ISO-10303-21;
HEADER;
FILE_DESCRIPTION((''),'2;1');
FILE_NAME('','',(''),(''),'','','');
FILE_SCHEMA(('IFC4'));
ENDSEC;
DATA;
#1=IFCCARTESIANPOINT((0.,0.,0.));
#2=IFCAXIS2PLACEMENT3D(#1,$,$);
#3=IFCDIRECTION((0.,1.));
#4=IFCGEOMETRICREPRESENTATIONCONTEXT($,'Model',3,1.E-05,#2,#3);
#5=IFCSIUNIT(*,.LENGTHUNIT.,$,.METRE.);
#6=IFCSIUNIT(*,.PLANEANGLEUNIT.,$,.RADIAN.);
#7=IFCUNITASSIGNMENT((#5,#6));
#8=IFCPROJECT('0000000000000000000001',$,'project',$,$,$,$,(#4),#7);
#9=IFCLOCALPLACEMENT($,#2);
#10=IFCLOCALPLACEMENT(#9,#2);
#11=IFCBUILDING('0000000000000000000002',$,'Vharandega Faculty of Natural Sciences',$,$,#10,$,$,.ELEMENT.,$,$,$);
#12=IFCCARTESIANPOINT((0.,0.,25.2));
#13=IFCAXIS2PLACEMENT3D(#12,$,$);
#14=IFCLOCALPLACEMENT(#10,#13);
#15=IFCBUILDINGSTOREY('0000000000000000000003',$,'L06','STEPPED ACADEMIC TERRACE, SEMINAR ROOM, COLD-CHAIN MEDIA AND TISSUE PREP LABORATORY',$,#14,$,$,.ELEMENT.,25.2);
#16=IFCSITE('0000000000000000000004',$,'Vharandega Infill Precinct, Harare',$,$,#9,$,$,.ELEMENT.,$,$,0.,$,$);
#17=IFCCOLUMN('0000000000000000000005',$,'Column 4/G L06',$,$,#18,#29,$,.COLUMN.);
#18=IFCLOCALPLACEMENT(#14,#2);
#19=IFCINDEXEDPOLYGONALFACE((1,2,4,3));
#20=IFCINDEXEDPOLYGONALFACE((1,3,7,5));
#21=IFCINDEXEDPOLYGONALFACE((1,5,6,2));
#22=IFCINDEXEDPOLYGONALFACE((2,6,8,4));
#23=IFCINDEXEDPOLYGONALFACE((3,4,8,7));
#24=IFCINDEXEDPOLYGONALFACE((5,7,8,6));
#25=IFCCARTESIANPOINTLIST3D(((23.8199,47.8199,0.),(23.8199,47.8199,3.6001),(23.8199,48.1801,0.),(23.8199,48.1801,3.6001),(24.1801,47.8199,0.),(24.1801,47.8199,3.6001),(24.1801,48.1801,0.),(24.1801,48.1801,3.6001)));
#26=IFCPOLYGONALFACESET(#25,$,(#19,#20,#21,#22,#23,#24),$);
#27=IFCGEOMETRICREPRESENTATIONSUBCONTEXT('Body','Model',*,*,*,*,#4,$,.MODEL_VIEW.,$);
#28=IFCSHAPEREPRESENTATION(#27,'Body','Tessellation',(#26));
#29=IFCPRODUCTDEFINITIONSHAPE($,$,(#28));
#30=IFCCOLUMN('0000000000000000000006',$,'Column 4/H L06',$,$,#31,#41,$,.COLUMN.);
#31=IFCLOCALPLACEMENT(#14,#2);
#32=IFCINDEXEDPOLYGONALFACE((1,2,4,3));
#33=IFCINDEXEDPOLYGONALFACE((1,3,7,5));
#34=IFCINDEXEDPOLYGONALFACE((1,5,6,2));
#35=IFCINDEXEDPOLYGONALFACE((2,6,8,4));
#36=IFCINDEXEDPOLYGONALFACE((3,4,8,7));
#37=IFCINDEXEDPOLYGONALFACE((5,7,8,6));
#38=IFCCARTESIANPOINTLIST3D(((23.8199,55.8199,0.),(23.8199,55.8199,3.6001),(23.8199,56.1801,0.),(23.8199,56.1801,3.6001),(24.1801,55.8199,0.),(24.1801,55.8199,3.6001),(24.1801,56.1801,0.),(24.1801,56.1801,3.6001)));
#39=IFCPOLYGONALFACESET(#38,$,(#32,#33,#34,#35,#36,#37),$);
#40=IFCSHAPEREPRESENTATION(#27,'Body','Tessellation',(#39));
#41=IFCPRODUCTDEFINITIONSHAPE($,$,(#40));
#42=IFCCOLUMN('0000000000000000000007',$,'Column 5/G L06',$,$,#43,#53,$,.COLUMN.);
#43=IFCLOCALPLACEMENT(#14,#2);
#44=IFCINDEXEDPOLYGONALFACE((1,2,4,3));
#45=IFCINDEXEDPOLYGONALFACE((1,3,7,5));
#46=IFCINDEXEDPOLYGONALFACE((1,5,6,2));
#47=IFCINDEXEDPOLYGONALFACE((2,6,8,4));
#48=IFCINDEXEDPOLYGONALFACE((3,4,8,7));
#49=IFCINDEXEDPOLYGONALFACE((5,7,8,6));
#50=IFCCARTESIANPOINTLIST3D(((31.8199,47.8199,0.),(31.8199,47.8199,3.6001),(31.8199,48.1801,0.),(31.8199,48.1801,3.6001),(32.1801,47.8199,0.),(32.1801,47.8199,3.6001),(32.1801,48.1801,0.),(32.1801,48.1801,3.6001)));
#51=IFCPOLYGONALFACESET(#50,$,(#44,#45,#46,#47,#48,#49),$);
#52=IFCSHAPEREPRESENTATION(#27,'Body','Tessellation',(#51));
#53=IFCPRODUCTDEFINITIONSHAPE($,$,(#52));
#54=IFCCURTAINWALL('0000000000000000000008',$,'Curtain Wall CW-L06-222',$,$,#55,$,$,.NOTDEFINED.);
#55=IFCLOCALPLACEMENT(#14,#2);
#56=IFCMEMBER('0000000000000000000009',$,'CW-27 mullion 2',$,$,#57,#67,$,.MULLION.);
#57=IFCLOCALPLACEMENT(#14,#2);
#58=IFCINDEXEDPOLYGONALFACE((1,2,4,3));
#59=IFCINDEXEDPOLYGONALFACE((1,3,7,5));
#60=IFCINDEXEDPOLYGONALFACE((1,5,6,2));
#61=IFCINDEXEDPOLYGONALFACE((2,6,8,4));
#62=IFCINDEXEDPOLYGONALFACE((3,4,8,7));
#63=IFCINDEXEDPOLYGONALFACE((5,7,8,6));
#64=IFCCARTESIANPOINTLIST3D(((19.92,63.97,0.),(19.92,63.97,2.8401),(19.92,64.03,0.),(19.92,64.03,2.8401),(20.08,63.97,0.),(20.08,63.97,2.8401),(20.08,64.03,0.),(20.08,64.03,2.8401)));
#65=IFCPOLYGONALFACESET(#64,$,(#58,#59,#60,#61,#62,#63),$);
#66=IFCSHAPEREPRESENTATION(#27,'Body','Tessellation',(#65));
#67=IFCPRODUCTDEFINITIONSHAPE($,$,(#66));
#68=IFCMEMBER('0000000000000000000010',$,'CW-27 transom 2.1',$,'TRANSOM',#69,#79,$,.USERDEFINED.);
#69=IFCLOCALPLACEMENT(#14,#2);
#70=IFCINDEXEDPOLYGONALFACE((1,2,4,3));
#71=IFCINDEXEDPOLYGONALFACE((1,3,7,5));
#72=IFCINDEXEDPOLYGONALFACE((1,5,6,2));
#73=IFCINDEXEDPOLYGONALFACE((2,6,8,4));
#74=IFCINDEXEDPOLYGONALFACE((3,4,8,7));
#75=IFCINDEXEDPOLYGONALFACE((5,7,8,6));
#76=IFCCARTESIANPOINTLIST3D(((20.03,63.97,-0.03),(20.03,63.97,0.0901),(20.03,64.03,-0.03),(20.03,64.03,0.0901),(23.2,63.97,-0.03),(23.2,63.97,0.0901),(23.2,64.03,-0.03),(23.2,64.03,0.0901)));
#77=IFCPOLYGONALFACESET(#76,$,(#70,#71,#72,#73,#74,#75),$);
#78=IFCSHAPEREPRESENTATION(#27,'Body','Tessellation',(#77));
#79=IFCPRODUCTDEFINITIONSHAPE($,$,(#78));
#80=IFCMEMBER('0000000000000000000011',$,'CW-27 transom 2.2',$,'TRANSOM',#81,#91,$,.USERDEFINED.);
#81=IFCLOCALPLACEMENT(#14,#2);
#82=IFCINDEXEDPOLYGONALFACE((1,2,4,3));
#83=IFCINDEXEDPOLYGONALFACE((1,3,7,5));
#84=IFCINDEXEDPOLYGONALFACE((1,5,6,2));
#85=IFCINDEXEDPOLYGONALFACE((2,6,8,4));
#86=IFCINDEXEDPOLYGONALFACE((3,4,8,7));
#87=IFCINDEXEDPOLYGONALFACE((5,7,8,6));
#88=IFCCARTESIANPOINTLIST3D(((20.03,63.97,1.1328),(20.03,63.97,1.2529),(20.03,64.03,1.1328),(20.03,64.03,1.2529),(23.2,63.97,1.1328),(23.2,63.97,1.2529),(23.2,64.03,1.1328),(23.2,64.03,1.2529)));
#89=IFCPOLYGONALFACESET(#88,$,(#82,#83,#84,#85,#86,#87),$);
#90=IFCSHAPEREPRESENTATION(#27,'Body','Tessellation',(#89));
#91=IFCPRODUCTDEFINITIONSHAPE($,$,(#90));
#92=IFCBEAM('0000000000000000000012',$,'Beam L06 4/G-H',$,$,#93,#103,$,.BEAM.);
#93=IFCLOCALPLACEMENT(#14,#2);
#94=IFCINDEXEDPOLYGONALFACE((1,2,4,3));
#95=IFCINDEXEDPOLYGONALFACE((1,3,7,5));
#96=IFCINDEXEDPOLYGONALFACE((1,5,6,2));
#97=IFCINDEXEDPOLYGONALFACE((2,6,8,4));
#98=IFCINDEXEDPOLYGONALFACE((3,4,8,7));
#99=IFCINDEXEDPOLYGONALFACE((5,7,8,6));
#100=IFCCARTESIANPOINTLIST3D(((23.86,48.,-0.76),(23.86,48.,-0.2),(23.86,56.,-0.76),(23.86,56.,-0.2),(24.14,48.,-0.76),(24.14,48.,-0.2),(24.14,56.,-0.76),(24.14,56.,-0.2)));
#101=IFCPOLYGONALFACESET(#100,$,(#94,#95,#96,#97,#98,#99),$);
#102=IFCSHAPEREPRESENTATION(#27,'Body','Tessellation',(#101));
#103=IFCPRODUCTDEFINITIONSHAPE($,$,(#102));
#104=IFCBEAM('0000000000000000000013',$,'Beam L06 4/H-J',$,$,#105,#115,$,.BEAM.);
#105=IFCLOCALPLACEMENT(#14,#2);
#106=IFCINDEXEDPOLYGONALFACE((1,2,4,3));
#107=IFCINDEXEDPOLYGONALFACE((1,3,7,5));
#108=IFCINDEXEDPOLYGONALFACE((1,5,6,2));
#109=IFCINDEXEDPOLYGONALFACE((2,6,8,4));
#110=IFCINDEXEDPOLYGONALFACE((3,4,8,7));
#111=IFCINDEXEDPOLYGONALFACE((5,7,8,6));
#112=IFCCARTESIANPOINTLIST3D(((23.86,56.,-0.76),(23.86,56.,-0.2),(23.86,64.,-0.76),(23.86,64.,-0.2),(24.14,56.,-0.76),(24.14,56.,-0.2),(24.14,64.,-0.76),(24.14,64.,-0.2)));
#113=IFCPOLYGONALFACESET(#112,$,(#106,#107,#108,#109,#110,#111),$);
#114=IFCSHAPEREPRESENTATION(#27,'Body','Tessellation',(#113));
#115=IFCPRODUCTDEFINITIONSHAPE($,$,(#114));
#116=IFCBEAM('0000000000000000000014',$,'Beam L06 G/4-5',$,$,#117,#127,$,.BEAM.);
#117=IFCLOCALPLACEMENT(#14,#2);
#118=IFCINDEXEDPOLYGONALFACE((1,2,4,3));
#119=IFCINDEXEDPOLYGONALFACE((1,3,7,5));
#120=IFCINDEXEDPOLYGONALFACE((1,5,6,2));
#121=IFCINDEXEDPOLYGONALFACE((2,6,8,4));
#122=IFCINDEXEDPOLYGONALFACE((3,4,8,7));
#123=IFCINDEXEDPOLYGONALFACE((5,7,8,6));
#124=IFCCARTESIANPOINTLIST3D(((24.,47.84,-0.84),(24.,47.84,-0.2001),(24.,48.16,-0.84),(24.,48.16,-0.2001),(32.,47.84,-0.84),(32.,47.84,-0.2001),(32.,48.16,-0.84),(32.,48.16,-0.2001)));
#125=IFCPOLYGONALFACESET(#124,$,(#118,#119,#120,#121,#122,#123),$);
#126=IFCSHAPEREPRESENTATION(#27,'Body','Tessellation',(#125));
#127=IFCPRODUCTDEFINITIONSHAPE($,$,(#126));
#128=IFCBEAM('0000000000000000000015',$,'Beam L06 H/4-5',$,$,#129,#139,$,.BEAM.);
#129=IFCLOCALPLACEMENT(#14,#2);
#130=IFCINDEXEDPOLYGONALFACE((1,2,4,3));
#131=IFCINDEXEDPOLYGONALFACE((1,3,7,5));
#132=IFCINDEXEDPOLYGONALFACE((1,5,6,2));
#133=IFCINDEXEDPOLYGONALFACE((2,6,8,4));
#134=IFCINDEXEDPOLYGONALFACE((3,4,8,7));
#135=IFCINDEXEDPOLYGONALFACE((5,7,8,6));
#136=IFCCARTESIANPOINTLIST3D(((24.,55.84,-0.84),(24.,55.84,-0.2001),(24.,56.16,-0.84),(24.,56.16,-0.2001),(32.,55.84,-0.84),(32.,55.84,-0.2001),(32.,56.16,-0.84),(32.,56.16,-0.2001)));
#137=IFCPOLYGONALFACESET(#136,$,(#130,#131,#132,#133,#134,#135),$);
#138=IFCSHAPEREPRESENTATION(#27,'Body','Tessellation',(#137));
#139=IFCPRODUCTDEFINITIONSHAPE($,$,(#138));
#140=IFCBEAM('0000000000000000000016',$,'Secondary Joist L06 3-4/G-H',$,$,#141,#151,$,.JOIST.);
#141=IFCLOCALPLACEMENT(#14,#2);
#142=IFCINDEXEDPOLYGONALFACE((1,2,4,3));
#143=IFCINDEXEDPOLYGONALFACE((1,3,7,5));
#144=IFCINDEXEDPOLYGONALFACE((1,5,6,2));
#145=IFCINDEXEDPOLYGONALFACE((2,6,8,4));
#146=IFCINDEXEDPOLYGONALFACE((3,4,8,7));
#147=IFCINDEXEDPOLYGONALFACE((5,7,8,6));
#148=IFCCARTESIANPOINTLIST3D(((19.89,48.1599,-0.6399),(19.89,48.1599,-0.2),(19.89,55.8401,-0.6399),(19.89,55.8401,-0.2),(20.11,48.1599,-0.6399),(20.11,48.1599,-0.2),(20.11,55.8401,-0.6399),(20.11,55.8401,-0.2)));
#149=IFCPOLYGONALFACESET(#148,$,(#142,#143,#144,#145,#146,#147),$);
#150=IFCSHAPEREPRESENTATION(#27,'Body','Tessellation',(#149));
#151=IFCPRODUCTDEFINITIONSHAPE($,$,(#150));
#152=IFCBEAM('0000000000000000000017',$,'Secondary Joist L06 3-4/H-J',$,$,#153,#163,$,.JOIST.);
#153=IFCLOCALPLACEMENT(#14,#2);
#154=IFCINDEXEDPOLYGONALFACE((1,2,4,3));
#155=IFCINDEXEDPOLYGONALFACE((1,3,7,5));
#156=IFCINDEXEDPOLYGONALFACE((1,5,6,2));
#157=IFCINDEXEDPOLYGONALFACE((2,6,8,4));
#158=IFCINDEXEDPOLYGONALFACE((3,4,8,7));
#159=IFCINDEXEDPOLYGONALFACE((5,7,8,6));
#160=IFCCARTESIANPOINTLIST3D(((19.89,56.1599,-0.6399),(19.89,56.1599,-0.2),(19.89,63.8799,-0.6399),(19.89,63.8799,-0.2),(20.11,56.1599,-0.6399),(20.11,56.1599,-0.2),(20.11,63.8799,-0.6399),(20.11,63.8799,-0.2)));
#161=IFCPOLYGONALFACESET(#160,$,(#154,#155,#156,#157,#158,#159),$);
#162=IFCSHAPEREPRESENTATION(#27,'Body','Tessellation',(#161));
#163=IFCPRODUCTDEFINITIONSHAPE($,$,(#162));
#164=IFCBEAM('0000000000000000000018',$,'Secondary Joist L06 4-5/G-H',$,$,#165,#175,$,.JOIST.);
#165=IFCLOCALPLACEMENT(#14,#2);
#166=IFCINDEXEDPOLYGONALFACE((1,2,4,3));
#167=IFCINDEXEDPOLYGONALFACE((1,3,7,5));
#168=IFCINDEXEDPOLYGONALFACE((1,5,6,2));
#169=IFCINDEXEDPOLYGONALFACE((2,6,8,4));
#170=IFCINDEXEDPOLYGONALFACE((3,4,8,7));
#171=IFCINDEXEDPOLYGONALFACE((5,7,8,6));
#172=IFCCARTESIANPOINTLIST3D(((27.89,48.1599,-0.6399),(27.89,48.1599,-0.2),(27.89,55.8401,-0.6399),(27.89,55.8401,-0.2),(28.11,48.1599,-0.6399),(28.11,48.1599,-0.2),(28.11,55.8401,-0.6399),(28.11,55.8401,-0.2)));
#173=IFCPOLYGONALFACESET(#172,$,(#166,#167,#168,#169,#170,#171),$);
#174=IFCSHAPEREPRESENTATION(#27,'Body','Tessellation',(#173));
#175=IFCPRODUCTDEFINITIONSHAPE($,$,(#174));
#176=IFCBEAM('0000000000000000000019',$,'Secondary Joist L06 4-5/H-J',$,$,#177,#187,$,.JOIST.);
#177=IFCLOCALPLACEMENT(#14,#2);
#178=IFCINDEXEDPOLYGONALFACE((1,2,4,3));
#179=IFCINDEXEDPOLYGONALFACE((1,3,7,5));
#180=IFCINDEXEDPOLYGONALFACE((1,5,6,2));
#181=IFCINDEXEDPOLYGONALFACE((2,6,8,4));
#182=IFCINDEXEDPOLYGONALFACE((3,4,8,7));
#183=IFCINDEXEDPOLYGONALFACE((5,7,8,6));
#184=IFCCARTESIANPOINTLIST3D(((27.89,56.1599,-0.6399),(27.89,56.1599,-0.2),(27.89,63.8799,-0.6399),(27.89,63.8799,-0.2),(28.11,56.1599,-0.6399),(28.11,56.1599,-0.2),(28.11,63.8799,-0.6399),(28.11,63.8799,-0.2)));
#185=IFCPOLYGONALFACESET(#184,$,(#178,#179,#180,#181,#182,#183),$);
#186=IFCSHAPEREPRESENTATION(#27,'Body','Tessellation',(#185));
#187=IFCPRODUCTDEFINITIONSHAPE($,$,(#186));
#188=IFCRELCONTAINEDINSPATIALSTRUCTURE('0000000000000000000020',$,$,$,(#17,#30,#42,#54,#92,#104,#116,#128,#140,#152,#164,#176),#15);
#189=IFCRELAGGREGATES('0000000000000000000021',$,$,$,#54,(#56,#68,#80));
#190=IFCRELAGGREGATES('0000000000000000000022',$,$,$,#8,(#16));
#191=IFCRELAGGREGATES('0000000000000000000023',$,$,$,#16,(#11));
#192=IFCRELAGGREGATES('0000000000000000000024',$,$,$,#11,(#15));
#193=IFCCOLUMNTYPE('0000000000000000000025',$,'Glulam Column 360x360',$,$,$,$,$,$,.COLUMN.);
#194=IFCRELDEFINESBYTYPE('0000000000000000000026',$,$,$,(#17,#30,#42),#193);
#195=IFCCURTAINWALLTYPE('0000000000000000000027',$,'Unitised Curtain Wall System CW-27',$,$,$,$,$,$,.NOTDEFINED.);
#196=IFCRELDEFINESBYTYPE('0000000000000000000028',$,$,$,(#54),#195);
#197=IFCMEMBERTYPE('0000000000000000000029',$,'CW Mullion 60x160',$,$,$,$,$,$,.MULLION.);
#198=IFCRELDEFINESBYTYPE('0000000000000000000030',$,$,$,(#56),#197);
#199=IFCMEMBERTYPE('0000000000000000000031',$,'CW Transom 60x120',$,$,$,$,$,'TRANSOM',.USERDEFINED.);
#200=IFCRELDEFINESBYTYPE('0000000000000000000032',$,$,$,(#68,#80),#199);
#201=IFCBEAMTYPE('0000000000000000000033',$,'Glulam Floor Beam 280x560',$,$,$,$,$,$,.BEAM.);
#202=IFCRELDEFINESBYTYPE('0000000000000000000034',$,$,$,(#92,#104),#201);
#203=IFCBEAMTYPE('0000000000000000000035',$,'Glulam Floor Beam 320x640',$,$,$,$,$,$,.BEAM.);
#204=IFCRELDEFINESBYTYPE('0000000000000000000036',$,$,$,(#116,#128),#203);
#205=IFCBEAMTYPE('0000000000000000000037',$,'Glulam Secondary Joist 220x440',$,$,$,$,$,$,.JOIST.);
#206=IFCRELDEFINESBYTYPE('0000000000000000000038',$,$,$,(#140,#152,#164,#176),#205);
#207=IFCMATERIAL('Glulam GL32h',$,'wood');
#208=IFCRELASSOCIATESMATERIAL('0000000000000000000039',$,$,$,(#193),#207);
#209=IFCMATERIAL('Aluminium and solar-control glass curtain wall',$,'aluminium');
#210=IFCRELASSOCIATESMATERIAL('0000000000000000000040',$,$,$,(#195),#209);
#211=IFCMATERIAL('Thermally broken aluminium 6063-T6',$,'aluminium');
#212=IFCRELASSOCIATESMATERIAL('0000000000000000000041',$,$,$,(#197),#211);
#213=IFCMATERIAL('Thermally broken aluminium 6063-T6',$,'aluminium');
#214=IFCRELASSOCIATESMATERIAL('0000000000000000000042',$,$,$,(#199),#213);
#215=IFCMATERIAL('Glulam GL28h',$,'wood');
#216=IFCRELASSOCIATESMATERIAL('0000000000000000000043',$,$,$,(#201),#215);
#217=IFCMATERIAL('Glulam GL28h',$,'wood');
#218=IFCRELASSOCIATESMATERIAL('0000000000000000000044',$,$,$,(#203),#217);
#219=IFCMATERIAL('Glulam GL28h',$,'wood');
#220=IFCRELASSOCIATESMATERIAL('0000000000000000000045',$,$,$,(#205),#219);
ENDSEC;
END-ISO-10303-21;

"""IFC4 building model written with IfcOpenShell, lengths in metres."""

from ifc_helpers import new_model, si_unit, direction, frame, origin, origin_2d, place, context, subcontext, project, spatial, rectangle, extrude, material, material_profile, profile_set, type_object, element, aggregate, save


model = new_model("IFC4")

# Units and contexts
model_context = context("Model", 3, precision=1e-05, world=origin(), true_north=direction((0.0, 1.0)))
body_context = subcontext(model_context, "Body", "Model", "MODEL_VIEW")
ifc_project = project(units=[si_unit("LENGTHUNIT", "METRE"), si_unit("PLANEANGLEUNIT", "RADIAN")], contexts=[model_context])

# Site, building, storey
site_placement = place(None, origin())
site = spatial("IfcSite", under=ifc_project, at=site_placement, Name="Vharandega Infill Precinct, Harare", CompositionType="ELEMENT", RefElevation=0.0)
building_placement = place(site_placement, origin())
building = spatial("IfcBuilding", under=site, at=building_placement, Name="Vharandega Faculty of Natural Sciences", CompositionType="ELEMENT")
storey_placement = place(building_placement, frame((0.0, 0.0, 25.2)))
storey = spatial("IfcBuildingStorey", under=building, at=storey_placement, Name="L06", Description="STEPPED ACADEMIC TERRACE, SEMINAR ROOM, COLD-CHAIN MEDIA AND TISSUE PREP LABORATORY", CompositionType="ELEMENT", Elevation=25.2)

# Columns
ifc_material_1 = material(Name="Glulam GL32h", Category="wood")
ifc_material_profile_1 = material_profile(ifc_material_1, rectangle(XDim=0.3601, YDim=0.3601, at=origin_2d()), Name="GL32h 360x360")
ifc_profile_set_1 = profile_set([ifc_material_profile_1], Name="Glulam GL32h")
column_type = type_object("IfcColumnType", Name="Glulam Column 360x360", PredefinedType="COLUMN", material=ifc_profile_set_1)
for number, where, z_axis, x_axis, name in (
    (1, (24.0, 48.0, 0.0), (0.0, 0.0, 1.0), (1.0, 0.0, 0.0), "Column 4/G L06"),
    (2, (24.0, 56.0, 0.0), (0.0, 0.0, 1.0), (1.0, 0.0, 0.0), "Column 4/H L06"),
    (3, (32.0, 48.0, 0.0), (0.0, 0.0, 1.0), (1.0, 0.0, 0.0), "Column 5/G L06"),
):
    element("IfcColumn", number, at=place(storey_placement, frame(where, z_axis=z_axis, x_axis=x_axis)), inside=storey, type_object=column_type, Name=name, PredefinedType="COLUMN", context=body_context, shape_type="SweptSolid", body=[
        extrude(rectangle(XDim=0.3601, YDim=0.3601, at=origin_2d()), origin(), (0.0, 0.0, 1.0), 3.6001),
    ])

# Curtain wall, members
ifc_material_2 = material(Name="Aluminium and solar-control glass curtain wall", Category="aluminium")
curtain_wall_type = type_object("IfcCurtainWallType", Name="Unitised Curtain Wall System CW-27", PredefinedType="NOTDEFINED", material=ifc_material_2)
curtain_wall_placement = place(storey_placement, origin())
curtain_wall = element("IfcCurtainWall", 4, at=curtain_wall_placement, inside=storey, type_object=curtain_wall_type, Name="Curtain Wall CW-L06-222", PredefinedType="NOTDEFINED")
ifc_material_3 = material(Name="Thermally broken aluminium 6063-T6", Category="aluminium")
ifc_material_profile_2 = material_profile(ifc_material_3, rectangle(XDim=0.0601, YDim=0.1599, at=origin_2d()), Name="ALU 60x160")
ifc_profile_set_2 = profile_set([ifc_material_profile_2], Name="Thermally broken aluminium 6063-T6")
member_type_1 = type_object("IfcMemberType", Name="CW Mullion 60x160", PredefinedType="MULLION", material=ifc_profile_set_2)
member_1_placement = place(storey_placement, frame((20.0, 64.0, 0.0), z_axis=(0.0, 0.0, 1.0), x_axis=(0.0, 1.0, 0.0)))
member_1 = element("IfcMember", 5, at=member_1_placement, type_object=member_type_1, Name="CW-27 mullion 2", PredefinedType="MULLION", context=body_context, shape_type="SweptSolid", body=[
    extrude(rectangle(XDim=0.0601, YDim=0.1599, at=origin_2d()), origin(), (0.0, 0.0, 1.0), 2.8401),
])
ifc_material_4 = material(Name="Thermally broken aluminium 6063-T6", Category="aluminium")
ifc_material_profile_3 = material_profile(ifc_material_4, rectangle(XDim=0.0601, YDim=0.1201, at=origin_2d()), Name="ALU 60x120")
ifc_profile_set_3 = profile_set([ifc_material_profile_3], Name="Thermally broken aluminium 6063-T6")
member_type_2 = type_object("IfcMemberType", Name="CW Transom 60x120", ElementType="TRANSOM", PredefinedType="USERDEFINED", material=ifc_profile_set_3)
member_2_placement = place(storey_placement, frame((20.03, 64.0, 0.03), z_axis=(1.0, 0.0, 0.0), x_axis=(0.0, 1.0, 0.0)))
member_2 = element("IfcMember", 6, at=member_2_placement, type_object=member_type_2, Name="CW-27 transom 2.1", ObjectType="TRANSOM", PredefinedType="USERDEFINED", context=body_context, shape_type="SweptSolid", body=[
    extrude(rectangle(XDim=0.0601, YDim=0.1201, at=origin_2d()), origin(), (0.0, 0.0, 1.0), 3.1699),
])
member_3_placement = place(storey_placement, frame((20.03, 64.0, 1.1929), z_axis=(1.0, 0.0, 0.0), x_axis=(0.0, 1.0, 0.0)))
member_3 = element("IfcMember", 7, at=member_3_placement, type_object=member_type_2, Name="CW-27 transom 2.2", ObjectType="TRANSOM", PredefinedType="USERDEFINED", context=body_context, shape_type="SweptSolid", body=[
    extrude(rectangle(XDim=0.0601, YDim=0.1201, at=origin_2d()), origin(), (0.0, 0.0, 1.0), 3.1699),
])
aggregate(curtain_wall, [member_1, member_2, member_3])

# Beams
ifc_material_5 = material(Name="Glulam GL28h", Category="wood")
ifc_material_profile_4 = material_profile(ifc_material_5, rectangle(XDim=0.28, YDim=0.5601, at=origin_2d()), Name="GL28h 280x560")
ifc_profile_set_4 = profile_set([ifc_material_profile_4], Name="Glulam GL28h")
beam_type_1 = type_object("IfcBeamType", Name="Glulam Floor Beam 280x560", PredefinedType="BEAM", material=ifc_profile_set_4)
for number, where, z_axis, x_axis, name in (
    (8, (24.0, 48.0, -0.48), (0.0, 1.0, 0.0), (-1.0, 0.0, 0.0), "Beam L06 4/G-H"),
    (9, (24.0, 56.0, -0.48), (0.0, 1.0, 0.0), (-1.0, 0.0, 0.0), "Beam L06 4/H-J"),
):
    element("IfcBeam", number, at=place(storey_placement, frame(where, z_axis=z_axis, x_axis=x_axis)), inside=storey, type_object=beam_type_1, Name=name, PredefinedType="BEAM", context=body_context, shape_type="SweptSolid", body=[
        extrude(rectangle(XDim=0.28, YDim=0.5601, at=origin_2d()), origin(), (0.0, 0.0, 1.0), 8.0),
    ])
ifc_material_6 = material(Name="Glulam GL28h", Category="wood")
ifc_material_profile_5 = material_profile(ifc_material_6, rectangle(XDim=0.3201, YDim=0.6399, at=origin_2d()), Name="GL28h 320x640")
ifc_profile_set_5 = profile_set([ifc_material_profile_5], Name="Glulam GL28h")
beam_type_2 = type_object("IfcBeamType", Name="Glulam Floor Beam 320x640", PredefinedType="BEAM", material=ifc_profile_set_5)
for number, where, z_axis, x_axis, name in (
    (10, (24.0, 48.0, -0.52), (1.0, 0.0, 0.0), (0.0, 1.0, 0.0), "Beam L06 G/4-5"),
    (11, (24.0, 56.0, -0.52), (1.0, 0.0, 0.0), (0.0, 1.0, 0.0), "Beam L06 H/4-5"),
):
    element("IfcBeam", number, at=place(storey_placement, frame(where, z_axis=z_axis, x_axis=x_axis)), inside=storey, type_object=beam_type_2, Name=name, PredefinedType="BEAM", context=body_context, shape_type="SweptSolid", body=[
        extrude(rectangle(XDim=0.3201, YDim=0.6399, at=origin_2d()), origin(), (0.0, 0.0, 1.0), 8.0),
    ])
ifc_material_7 = material(Name="Glulam GL28h", Category="wood")
ifc_material_profile_6 = material_profile(ifc_material_7, rectangle(XDim=0.22, YDim=0.4399, at=origin_2d()), Name="GL28h 220x440")
ifc_profile_set_6 = profile_set([ifc_material_profile_6], Name="Glulam GL28h")
beam_type_3 = type_object("IfcBeamType", Name="Glulam Secondary Joist 220x440", PredefinedType="JOIST", material=ifc_profile_set_6)
beam_1_placement = place(storey_placement, frame((20.0, 48.1599, -0.4199), z_axis=(0.0, 1.0, 0.0), x_axis=(-1.0, 0.0, 0.0)))
element("IfcBeam", 12, at=beam_1_placement, inside=storey, type_object=beam_type_3, Name="Secondary Joist L06 3-4/G-H", PredefinedType="JOIST", context=body_context, shape_type="SweptSolid", body=[
    extrude(rectangle(XDim=0.22, YDim=0.4399, at=origin_2d()), origin(), (0.0, 0.0, 1.0), 7.6802),
])
beam_2_placement = place(storey_placement, frame((20.0, 56.1599, -0.4199), z_axis=(0.0, 1.0, 0.0), x_axis=(-1.0, 0.0, 0.0)))
element("IfcBeam", 13, at=beam_2_placement, inside=storey, type_object=beam_type_3, Name="Secondary Joist L06 3-4/H-J", PredefinedType="JOIST", context=body_context, shape_type="SweptSolid", body=[
    extrude(rectangle(XDim=0.22, YDim=0.4399, at=origin_2d()), origin(), (0.0, 0.0, 1.0), 7.72),
])
beam_3_placement = place(storey_placement, frame((28.0, 48.1599, -0.4199), z_axis=(0.0, 1.0, 0.0), x_axis=(-1.0, 0.0, 0.0)))
element("IfcBeam", 14, at=beam_3_placement, inside=storey, type_object=beam_type_3, Name="Secondary Joist L06 4-5/G-H", PredefinedType="JOIST", context=body_context, shape_type="SweptSolid", body=[
    extrude(rectangle(XDim=0.22, YDim=0.4399, at=origin_2d()), origin(), (0.0, 0.0, 1.0), 7.6802),
])
beam_4_placement = place(storey_placement, frame((28.0, 56.1599, -0.4199), z_axis=(0.0, 1.0, 0.0), x_axis=(-1.0, 0.0, 0.0)))
element("IfcBeam", 15, at=beam_4_placement, inside=storey, type_object=beam_type_3, Name="Secondary Joist L06 4-5/H-J", PredefinedType="JOIST", context=body_context, shape_type="SweptSolid", body=[
    extrude(rectangle(XDim=0.22, YDim=0.4399, at=origin_2d()), origin(), (0.0, 0.0, 1.0), 7.72),
])

save(model, "model.ifc")
